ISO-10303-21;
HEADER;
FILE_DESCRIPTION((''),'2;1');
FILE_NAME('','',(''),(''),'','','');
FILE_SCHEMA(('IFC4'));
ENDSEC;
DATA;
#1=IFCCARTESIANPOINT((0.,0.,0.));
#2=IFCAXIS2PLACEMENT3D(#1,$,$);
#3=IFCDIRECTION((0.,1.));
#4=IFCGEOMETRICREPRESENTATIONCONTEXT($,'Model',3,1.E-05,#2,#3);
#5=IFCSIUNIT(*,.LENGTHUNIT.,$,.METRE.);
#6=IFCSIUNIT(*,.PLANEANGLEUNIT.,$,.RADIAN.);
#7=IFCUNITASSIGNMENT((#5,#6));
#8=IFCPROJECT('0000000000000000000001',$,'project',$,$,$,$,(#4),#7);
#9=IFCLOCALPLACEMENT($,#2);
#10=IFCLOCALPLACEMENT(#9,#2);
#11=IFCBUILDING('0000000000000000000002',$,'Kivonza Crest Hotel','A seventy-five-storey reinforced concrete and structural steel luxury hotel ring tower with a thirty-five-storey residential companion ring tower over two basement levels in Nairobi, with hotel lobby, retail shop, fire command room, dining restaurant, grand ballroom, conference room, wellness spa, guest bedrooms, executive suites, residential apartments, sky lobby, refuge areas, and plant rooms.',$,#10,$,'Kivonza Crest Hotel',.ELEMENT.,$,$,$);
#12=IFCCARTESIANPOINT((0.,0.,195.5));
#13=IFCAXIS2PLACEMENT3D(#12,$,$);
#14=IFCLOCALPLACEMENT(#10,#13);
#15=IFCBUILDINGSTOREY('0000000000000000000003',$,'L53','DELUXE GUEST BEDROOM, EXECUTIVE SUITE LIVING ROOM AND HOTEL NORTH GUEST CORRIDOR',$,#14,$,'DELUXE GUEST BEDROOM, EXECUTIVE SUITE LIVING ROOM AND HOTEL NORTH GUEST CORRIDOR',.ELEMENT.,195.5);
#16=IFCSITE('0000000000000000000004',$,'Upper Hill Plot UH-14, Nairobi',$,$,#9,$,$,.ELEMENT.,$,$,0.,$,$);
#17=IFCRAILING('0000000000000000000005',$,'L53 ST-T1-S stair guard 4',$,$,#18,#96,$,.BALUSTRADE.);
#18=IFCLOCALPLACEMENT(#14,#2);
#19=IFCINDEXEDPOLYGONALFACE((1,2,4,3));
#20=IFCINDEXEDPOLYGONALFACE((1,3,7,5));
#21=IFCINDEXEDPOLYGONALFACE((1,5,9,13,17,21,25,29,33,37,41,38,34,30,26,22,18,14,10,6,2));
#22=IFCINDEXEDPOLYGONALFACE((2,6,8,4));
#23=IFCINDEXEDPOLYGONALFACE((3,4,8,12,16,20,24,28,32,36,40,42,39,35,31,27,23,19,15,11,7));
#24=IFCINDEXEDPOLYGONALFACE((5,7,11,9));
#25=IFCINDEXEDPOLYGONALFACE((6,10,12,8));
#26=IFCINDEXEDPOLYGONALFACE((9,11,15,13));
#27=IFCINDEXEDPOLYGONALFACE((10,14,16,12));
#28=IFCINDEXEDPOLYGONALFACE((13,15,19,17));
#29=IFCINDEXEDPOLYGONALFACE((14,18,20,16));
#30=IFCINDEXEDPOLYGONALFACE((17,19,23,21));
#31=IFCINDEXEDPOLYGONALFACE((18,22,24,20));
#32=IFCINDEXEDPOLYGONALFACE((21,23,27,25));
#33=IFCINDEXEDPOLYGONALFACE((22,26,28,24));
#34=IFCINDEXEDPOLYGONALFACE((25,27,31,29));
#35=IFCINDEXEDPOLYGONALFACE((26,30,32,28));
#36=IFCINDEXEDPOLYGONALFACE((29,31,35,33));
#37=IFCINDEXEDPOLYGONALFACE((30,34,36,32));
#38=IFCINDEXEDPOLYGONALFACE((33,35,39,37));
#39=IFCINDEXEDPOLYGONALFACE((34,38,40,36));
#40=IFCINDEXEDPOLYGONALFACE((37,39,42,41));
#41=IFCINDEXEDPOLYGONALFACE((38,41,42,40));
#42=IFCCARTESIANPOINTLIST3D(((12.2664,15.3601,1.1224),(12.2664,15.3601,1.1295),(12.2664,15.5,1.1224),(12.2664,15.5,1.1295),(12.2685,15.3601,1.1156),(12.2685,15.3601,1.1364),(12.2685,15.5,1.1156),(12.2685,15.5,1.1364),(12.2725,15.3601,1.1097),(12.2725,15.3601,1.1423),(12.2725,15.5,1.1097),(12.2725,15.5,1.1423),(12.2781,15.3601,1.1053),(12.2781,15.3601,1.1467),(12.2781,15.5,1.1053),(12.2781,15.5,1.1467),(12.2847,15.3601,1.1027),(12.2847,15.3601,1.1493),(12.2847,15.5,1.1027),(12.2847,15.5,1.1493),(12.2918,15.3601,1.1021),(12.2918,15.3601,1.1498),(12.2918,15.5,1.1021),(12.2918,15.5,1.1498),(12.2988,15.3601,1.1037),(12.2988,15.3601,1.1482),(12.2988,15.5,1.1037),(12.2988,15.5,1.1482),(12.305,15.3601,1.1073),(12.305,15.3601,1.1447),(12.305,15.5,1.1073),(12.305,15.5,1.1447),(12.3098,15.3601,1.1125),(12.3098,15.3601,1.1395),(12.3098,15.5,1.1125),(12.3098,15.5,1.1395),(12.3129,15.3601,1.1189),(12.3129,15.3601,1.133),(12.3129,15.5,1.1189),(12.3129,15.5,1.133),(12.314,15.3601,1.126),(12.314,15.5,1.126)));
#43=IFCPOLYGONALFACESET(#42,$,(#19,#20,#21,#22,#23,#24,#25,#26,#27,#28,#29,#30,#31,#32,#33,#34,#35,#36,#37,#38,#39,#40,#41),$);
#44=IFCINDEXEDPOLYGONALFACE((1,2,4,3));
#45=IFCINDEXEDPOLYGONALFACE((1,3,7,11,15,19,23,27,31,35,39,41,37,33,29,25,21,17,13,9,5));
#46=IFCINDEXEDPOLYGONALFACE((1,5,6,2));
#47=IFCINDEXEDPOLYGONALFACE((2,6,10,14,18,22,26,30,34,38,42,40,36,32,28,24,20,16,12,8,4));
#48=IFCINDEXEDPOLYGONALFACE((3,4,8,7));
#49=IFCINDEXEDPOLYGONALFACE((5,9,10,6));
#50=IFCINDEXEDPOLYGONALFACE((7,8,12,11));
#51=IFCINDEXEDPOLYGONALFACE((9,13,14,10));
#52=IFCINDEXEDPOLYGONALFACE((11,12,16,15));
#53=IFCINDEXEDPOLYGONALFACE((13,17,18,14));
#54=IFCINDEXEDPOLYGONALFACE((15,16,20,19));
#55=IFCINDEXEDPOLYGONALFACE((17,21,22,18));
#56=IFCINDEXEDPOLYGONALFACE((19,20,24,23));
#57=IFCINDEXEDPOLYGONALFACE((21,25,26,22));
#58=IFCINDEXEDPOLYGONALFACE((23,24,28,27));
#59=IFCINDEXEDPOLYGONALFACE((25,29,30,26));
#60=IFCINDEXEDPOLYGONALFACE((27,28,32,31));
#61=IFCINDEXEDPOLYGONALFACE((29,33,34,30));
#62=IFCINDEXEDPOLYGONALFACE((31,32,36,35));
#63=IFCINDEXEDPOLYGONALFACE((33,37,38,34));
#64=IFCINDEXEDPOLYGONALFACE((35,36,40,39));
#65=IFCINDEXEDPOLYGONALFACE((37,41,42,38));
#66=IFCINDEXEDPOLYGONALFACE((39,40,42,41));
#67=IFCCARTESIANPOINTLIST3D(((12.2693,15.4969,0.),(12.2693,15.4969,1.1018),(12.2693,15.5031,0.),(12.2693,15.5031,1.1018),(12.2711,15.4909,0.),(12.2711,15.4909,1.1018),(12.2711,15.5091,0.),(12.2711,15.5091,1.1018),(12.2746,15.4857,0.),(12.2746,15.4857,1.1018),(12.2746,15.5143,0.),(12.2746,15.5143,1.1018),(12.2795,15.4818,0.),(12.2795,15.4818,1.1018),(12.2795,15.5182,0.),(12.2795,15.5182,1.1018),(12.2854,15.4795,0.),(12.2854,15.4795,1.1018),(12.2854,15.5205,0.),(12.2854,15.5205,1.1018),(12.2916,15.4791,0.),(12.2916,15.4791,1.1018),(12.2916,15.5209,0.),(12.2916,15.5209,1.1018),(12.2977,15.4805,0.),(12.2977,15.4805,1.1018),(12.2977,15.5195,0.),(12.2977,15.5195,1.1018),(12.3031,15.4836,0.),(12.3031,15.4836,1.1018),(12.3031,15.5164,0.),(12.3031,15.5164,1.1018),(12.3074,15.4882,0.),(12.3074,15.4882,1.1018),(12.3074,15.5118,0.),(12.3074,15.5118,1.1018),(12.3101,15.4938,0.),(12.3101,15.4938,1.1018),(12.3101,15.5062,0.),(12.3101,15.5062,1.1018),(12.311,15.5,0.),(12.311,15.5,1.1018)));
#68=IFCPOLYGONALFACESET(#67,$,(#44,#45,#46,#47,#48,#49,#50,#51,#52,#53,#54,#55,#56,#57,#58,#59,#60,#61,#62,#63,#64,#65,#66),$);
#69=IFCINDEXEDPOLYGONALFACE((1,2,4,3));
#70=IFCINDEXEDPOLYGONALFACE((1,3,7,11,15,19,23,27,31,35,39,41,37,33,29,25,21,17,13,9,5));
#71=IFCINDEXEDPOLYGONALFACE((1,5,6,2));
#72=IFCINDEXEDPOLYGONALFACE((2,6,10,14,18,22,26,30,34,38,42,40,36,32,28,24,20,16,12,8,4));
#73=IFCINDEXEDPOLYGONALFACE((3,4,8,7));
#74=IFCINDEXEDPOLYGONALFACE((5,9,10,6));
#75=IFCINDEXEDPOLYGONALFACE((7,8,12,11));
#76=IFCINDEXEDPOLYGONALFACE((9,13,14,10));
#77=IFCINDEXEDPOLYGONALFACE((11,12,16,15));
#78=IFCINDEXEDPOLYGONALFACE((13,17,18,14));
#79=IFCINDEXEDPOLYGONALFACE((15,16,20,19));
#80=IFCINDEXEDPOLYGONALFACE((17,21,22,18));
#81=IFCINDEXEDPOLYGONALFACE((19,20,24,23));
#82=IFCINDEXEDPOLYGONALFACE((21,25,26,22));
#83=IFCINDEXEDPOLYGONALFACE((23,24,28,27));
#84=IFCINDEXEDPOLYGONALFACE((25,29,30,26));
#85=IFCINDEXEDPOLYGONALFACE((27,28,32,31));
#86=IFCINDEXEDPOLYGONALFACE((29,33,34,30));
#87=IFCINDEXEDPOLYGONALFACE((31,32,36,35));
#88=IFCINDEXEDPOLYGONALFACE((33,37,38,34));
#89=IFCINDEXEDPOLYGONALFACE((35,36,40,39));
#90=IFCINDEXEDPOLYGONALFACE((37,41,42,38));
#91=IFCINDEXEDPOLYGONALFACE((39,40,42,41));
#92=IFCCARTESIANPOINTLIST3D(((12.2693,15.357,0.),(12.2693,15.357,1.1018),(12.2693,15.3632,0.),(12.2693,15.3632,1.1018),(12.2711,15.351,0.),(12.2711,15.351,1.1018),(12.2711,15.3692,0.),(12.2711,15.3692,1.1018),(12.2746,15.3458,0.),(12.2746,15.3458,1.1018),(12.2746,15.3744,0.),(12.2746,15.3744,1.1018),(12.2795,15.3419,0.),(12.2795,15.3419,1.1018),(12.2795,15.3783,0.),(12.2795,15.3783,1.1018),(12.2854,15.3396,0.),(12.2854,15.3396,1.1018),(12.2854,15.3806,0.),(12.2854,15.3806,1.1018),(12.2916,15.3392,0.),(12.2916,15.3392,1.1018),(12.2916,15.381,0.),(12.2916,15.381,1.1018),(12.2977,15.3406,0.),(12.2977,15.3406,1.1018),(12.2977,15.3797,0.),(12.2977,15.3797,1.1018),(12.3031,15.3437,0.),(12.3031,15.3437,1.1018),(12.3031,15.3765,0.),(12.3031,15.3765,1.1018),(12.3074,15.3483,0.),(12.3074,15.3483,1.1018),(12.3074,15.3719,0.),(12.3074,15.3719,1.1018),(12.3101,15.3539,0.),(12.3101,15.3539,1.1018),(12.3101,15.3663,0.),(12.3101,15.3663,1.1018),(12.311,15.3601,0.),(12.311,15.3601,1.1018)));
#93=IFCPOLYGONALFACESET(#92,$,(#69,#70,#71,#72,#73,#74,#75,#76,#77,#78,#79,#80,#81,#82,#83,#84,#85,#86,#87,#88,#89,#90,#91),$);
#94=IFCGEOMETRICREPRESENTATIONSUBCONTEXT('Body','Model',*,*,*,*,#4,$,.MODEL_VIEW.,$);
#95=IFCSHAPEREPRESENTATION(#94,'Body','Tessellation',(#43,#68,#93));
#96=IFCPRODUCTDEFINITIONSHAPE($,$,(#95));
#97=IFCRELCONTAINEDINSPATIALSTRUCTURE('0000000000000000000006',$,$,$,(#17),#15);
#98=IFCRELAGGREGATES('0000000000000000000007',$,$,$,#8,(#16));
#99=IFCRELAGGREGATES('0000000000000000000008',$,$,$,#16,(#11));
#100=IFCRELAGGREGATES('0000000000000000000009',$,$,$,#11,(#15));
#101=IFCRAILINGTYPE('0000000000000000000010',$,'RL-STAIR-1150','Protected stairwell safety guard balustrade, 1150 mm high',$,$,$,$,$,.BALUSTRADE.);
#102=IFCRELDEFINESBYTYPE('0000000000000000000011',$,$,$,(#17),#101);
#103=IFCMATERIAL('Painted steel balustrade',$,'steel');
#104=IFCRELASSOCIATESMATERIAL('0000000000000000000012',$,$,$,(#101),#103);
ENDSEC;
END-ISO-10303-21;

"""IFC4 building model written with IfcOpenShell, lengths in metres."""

from ifc_helpers import new_model, si_unit, direction, frame, origin, origin_2d, place, context, subcontext, project, spatial, circle, extrude, material, type_object, element, save


model = new_model("IFC4")

# Units and contexts
model_context = context("Model", 3, precision=1e-05, world=origin(), true_north=direction((0.0, 1.0)))
body_context = subcontext(model_context, "Body", "Model", "MODEL_VIEW")
ifc_project = project(units=[si_unit("LENGTHUNIT", "METRE"), si_unit("PLANEANGLEUNIT", "RADIAN")], contexts=[model_context])

# Site, building, storey
site_placement = place(None, origin())
site = spatial("IfcSite", under=ifc_project, at=site_placement, Name="Upper Hill Plot UH-14, Nairobi", CompositionType="ELEMENT", RefElevation=0.0)
building_placement = place(site_placement, origin())
building = spatial("IfcBuilding", under=site, at=building_placement, Name="Kivonza Crest Hotel", Description="A seventy-five-storey reinforced concrete and structural steel luxury hotel ring tower with a thirty-five-storey residential companion ring tower over two basement levels in Nairobi, with hotel lobby, retail shop, fire command room, dining restaurant, grand ballroom, conference room, wellness spa, guest bedrooms, executive suites, residential apartments, sky lobby, refuge areas, and plant rooms.", LongName="Kivonza Crest Hotel", CompositionType="ELEMENT")
storey_placement = place(building_placement, frame((0.0, 0.0, 195.5)))
storey = spatial("IfcBuildingStorey", under=building, at=storey_placement, Name="L53", Description="DELUXE GUEST BEDROOM, EXECUTIVE SUITE LIVING ROOM AND HOTEL NORTH GUEST CORRIDOR", LongName="DELUXE GUEST BEDROOM, EXECUTIVE SUITE LIVING ROOM AND HOTEL NORTH GUEST CORRIDOR", CompositionType="ELEMENT", Elevation=195.5)

# Railing
ifc_material_1 = material(Name="Painted steel balustrade", Category="steel")
railing_type_1 = type_object("IfcRailingType", Name="RL-STAIR-1150", Description="Protected stairwell safety guard balustrade, 1150 mm high", PredefinedType="BALUSTRADE", material=ifc_material_1)
railing_1_placement = place(storey_placement, frame((12.29, 15.5, 0.0)))
element("IfcRailing", 1, at=railing_1_placement, inside=storey, type_object=railing_type_1, Name="L53 ST-T1-S stair guard 4", PredefinedType="BALUSTRADE", context=body_context, shape_type="SweptSolid", body=[
    extrude(circle(Radius=0.0239, at=origin_2d()), frame((0.0, 0.0, 1.126), z_axis=(0.0, -1.0, 0.0), x_axis=(1.0, 0.0, 0.0)), (0.0, 0.0, 1.0), 0.1399),
    extrude(circle(Radius=0.021, at=origin_2d()), origin(), (0.0, 0.0, 1.0), 1.1018),
    extrude(circle(Radius=0.021, at=origin_2d()), frame((0.0, -0.1399, 0.0)), (0.0, 0.0, 1.0), 1.1018),
])

save(model, "model.ifc")
